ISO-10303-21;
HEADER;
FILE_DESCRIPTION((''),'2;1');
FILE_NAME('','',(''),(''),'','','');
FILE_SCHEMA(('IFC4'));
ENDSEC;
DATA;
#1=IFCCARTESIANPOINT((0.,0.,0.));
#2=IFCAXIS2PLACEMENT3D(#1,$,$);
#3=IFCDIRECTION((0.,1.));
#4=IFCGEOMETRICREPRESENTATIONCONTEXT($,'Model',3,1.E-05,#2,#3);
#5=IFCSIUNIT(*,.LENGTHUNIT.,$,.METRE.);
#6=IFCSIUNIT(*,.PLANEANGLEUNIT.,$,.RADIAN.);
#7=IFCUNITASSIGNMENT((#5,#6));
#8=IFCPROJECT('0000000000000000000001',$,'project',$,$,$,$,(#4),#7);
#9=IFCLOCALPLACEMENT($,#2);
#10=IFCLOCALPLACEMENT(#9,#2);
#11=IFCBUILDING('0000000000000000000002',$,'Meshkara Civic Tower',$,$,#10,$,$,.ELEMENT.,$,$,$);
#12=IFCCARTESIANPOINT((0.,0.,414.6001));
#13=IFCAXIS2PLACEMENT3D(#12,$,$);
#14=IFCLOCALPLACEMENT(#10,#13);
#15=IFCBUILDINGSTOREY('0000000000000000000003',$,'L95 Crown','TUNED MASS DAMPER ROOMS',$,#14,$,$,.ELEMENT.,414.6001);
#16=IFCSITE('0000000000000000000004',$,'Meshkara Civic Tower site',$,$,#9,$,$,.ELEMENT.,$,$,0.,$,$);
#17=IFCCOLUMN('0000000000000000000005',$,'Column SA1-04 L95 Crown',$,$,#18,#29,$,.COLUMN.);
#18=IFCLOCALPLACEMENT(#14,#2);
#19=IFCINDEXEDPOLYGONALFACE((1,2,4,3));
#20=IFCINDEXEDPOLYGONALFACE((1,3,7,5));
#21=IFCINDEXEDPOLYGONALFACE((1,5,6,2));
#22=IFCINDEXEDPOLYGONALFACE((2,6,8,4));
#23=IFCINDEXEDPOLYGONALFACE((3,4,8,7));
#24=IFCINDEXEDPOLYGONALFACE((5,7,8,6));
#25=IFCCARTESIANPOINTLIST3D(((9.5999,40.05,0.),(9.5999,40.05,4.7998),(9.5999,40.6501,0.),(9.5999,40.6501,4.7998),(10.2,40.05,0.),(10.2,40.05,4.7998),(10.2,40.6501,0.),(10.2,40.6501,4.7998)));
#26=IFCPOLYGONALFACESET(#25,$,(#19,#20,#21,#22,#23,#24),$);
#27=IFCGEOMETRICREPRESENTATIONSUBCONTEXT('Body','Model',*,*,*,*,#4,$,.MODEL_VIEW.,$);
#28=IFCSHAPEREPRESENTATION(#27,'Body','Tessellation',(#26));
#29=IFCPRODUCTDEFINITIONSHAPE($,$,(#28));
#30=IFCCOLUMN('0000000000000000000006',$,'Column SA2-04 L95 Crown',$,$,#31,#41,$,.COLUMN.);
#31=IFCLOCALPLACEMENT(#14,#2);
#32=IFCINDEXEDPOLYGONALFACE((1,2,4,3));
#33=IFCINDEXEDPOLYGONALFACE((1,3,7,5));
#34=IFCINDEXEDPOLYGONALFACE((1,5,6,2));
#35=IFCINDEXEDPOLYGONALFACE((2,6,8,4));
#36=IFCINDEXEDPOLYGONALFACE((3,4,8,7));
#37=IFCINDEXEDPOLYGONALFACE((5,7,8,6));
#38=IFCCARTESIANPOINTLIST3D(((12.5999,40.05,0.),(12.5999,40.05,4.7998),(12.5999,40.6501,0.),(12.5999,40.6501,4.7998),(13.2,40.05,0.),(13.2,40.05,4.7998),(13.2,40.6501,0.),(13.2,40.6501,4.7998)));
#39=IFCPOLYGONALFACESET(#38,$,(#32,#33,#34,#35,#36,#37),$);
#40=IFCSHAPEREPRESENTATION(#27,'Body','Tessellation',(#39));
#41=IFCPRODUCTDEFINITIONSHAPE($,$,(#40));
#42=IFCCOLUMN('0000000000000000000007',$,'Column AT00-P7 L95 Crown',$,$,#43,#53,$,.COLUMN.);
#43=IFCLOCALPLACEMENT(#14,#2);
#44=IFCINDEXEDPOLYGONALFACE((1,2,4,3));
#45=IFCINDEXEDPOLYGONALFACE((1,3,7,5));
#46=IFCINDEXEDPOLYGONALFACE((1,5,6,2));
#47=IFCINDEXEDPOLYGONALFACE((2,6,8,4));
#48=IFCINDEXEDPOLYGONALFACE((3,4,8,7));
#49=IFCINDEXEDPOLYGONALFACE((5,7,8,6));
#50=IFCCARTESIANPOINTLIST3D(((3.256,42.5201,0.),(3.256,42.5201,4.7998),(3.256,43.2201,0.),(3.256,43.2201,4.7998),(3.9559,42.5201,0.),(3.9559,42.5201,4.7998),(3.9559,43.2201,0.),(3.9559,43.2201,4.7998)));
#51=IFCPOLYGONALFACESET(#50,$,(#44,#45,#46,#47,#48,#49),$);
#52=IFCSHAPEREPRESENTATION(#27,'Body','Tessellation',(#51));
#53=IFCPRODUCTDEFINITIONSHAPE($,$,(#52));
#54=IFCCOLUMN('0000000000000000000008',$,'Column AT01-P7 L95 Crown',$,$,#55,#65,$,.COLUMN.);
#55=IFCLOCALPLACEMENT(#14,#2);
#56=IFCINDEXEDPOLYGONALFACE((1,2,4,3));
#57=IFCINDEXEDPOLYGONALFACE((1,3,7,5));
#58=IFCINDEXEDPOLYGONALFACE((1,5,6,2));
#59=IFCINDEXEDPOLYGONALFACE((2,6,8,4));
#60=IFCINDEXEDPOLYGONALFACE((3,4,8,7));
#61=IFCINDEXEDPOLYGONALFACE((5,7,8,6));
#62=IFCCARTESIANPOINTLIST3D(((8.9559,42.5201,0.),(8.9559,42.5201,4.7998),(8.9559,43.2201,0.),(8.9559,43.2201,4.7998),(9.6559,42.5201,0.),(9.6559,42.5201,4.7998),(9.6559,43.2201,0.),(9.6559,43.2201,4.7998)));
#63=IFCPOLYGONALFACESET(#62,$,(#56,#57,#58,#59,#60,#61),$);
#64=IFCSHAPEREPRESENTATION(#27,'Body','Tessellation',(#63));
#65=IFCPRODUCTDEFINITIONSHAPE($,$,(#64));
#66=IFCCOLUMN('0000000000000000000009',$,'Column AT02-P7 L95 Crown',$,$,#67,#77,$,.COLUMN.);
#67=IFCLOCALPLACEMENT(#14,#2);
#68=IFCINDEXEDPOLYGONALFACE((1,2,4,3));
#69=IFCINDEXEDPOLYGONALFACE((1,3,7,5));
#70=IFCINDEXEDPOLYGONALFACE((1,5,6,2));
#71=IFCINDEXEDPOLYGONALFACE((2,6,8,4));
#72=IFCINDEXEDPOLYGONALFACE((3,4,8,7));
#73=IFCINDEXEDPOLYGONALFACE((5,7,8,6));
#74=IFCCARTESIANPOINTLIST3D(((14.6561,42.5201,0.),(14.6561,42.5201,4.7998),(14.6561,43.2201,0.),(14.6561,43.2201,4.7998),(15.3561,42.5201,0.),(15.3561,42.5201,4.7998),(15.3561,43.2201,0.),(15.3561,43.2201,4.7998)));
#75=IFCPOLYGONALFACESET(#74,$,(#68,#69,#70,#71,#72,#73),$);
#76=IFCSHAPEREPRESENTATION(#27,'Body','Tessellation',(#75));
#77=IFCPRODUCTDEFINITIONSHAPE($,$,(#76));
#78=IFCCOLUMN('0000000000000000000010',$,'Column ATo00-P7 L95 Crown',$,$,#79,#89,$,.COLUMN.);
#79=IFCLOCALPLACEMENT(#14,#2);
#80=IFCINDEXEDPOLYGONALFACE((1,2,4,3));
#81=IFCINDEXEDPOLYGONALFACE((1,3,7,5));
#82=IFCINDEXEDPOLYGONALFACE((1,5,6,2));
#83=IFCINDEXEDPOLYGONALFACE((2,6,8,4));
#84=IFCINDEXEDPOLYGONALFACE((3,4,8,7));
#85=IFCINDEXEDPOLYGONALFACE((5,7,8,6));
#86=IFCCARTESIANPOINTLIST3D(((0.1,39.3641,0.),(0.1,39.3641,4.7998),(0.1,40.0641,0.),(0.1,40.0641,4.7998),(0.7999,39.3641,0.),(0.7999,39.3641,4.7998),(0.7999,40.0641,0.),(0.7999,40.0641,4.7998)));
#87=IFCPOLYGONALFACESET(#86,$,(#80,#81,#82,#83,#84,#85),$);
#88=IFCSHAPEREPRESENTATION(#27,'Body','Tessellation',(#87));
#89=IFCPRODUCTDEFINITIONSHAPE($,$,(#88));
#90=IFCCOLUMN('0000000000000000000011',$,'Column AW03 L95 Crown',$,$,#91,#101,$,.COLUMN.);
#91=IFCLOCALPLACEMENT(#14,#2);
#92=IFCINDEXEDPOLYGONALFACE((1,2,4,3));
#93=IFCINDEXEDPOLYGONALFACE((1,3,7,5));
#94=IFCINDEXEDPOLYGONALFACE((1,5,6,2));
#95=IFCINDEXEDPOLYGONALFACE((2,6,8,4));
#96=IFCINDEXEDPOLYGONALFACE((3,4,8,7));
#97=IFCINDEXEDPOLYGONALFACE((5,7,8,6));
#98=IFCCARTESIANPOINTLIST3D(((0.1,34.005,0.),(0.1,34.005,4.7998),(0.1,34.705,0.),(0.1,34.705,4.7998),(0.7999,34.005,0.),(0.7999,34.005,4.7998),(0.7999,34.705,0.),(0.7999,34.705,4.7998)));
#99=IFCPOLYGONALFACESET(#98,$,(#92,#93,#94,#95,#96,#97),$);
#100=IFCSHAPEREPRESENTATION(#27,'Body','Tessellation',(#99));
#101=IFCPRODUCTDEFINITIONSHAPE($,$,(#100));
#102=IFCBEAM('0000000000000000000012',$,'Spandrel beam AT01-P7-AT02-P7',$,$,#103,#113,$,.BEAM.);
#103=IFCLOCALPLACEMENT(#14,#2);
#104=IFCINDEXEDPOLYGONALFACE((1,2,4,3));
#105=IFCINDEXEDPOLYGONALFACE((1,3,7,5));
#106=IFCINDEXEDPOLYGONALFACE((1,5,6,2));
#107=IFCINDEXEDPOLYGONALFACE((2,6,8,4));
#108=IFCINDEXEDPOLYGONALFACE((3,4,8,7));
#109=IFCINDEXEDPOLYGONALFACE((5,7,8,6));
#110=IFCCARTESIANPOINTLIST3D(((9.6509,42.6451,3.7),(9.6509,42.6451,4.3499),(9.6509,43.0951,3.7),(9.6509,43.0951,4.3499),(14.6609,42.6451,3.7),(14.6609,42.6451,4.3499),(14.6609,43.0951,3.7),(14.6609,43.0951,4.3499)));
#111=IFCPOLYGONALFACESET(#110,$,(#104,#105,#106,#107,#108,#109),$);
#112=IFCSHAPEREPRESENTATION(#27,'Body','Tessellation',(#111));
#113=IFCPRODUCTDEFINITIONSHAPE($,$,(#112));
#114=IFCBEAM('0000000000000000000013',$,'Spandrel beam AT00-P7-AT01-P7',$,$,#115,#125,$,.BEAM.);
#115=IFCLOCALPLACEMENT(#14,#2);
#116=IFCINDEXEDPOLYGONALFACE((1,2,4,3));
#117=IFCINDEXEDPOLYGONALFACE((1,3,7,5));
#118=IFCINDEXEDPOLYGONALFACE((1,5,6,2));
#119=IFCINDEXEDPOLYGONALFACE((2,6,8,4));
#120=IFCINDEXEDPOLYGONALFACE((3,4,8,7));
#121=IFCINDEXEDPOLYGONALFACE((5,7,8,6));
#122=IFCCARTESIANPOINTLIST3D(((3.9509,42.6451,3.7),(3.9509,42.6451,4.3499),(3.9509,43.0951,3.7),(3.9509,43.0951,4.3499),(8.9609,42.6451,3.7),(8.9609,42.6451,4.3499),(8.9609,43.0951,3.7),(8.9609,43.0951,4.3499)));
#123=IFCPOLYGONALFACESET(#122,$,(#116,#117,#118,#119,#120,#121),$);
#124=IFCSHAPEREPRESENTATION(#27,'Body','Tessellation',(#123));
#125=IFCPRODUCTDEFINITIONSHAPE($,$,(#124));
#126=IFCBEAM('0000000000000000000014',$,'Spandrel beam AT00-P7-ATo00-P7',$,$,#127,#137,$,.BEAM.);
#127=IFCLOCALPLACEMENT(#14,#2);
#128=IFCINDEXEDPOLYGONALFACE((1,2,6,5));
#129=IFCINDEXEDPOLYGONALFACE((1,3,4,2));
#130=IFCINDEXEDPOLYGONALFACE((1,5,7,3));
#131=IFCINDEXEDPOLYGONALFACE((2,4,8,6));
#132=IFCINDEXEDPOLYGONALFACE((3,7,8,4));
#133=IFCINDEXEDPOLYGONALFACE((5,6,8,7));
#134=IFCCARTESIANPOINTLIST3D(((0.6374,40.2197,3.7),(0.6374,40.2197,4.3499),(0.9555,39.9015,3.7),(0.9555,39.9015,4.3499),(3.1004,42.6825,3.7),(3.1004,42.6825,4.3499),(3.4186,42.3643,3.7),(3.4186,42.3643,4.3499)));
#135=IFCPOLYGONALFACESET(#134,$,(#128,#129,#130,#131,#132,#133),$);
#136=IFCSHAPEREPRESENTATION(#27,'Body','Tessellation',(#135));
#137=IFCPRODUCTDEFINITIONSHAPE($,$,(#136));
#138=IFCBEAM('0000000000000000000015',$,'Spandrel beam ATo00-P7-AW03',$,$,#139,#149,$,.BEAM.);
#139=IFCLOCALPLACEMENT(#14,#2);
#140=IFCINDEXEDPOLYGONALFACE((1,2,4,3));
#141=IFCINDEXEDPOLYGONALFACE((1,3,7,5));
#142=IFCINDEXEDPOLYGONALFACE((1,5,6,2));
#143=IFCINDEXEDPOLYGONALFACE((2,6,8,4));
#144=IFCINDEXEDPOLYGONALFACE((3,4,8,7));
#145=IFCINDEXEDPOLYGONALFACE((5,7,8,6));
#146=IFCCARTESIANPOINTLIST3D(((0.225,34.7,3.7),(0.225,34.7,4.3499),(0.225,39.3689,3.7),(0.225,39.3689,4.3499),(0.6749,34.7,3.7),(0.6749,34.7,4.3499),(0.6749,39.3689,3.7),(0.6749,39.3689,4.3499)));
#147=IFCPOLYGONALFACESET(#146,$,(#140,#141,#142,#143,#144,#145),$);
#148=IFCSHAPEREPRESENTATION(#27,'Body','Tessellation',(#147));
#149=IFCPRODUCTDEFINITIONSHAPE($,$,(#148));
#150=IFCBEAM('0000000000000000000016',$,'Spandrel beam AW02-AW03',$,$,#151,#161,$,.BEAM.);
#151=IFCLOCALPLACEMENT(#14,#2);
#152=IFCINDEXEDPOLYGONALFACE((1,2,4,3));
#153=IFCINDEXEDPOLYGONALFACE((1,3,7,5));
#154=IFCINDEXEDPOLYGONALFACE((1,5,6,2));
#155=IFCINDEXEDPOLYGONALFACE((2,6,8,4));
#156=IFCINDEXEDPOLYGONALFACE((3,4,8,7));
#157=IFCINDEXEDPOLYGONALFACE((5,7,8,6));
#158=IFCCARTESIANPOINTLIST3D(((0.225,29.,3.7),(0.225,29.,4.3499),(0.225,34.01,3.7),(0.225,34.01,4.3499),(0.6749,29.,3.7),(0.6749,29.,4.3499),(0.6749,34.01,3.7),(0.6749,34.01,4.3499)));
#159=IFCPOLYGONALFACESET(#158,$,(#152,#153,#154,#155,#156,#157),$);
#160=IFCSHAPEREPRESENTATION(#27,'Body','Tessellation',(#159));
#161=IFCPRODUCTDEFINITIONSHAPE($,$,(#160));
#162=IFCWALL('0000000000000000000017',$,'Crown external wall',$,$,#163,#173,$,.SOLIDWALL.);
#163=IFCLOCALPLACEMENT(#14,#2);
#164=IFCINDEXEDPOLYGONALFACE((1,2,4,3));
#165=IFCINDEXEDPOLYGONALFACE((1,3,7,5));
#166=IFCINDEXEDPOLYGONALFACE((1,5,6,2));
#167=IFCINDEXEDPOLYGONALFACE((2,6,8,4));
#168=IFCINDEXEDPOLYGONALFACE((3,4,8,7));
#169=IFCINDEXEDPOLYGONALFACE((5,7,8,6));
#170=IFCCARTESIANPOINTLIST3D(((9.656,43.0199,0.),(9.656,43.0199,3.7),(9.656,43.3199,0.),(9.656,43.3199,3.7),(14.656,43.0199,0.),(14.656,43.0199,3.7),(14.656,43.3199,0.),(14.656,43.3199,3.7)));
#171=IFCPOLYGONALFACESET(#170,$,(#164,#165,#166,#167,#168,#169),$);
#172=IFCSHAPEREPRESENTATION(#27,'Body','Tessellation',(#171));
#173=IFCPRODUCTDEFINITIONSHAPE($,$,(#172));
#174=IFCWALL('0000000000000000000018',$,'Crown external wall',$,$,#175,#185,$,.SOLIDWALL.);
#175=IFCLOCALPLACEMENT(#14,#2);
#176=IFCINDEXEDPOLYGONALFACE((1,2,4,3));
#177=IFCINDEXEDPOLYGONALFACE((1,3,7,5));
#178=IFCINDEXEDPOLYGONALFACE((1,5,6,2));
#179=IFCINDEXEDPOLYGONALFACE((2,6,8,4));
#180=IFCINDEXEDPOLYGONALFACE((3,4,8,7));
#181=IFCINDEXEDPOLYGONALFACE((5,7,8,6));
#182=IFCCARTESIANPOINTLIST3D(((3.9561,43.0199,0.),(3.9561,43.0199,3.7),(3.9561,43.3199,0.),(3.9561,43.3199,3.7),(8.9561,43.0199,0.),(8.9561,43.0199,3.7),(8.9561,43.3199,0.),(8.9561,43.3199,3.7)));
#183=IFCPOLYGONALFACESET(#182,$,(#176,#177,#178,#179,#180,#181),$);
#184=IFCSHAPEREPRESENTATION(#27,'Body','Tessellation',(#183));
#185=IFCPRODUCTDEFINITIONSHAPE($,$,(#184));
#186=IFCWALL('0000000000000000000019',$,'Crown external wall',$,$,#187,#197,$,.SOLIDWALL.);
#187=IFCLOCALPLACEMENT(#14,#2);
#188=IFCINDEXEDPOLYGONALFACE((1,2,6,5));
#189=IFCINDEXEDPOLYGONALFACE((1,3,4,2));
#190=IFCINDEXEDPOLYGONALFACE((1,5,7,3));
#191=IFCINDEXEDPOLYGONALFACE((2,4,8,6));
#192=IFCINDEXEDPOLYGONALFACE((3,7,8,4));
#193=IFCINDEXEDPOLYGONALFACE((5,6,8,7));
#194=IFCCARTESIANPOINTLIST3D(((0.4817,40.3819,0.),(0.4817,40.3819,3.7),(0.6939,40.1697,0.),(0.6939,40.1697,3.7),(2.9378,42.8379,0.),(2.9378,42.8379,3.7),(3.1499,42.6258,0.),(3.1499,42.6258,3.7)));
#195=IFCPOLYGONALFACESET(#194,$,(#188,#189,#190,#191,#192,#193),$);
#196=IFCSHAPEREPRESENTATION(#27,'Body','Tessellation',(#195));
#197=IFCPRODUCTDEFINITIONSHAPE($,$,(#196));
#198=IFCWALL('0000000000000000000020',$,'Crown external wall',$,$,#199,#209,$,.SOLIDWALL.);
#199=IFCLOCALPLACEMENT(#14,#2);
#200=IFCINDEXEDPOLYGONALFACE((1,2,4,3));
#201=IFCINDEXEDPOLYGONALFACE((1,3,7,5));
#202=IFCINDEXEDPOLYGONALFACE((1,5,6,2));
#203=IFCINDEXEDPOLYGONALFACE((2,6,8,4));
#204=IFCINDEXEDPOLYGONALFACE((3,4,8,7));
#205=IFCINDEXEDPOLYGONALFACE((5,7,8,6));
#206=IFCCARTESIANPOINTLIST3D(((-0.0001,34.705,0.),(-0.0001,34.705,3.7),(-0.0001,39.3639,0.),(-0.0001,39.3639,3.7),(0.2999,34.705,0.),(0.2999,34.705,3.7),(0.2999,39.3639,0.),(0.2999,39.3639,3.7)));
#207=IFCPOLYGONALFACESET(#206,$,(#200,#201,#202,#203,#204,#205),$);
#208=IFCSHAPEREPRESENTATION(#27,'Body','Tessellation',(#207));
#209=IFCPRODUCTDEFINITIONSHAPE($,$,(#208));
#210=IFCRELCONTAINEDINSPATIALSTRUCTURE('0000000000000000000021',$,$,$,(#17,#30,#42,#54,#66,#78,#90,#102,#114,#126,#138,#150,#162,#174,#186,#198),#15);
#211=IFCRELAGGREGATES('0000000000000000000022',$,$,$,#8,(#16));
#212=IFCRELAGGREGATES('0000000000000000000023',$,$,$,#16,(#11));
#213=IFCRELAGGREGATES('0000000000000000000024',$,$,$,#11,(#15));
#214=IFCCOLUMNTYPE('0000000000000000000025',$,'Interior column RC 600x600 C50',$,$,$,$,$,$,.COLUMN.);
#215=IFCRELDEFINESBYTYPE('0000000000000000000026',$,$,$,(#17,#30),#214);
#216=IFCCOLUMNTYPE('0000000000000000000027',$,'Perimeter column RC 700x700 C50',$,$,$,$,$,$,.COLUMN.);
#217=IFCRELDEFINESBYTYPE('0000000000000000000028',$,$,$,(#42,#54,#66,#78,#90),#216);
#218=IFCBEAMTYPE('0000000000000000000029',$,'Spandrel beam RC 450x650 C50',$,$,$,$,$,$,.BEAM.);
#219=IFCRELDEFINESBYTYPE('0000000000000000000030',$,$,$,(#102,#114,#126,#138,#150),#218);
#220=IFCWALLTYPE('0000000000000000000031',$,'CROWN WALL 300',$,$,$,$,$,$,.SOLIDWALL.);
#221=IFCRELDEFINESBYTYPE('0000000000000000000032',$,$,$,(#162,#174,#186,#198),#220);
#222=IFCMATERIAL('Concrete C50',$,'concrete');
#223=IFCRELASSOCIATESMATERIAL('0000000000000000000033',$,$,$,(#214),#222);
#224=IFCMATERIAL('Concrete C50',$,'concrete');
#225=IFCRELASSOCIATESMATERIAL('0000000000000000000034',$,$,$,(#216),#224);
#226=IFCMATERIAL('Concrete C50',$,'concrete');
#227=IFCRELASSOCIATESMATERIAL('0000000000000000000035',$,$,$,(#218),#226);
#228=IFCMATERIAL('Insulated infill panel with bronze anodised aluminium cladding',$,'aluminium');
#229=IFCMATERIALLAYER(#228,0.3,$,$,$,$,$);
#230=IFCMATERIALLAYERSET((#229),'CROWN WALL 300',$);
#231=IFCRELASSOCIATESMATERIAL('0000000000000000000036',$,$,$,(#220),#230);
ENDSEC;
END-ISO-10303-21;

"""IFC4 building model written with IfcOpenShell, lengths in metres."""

from ifc_helpers import new_model, si_unit, direction, frame, frame_2d, origin, origin_2d, place, context, subcontext, project, spatial, rectangle, extrude, material, layer, layer_set, material_profile, profile_set, type_object, element, save


model = new_model("IFC4")

# Units and contexts
model_context = context("Model", 3, precision=1e-05, world=origin(), true_north=direction((0.0, 1.0)))
body_context = subcontext(model_context, "Body", "Model", "MODEL_VIEW")
ifc_project = project(units=[si_unit("LENGTHUNIT", "METRE"), si_unit("PLANEANGLEUNIT", "RADIAN")], contexts=[model_context])

# Site, building, storey
site_placement = place(None, origin())
site = spatial("IfcSite", under=ifc_project, at=site_placement, Name="Meshkara Civic Tower site", CompositionType="ELEMENT", RefElevation=0.0)
building_placement = place(site_placement, origin())
building = spatial("IfcBuilding", under=site, at=building_placement, Name="Meshkara Civic Tower", CompositionType="ELEMENT")
storey_placement = place(building_placement, frame((0.0, 0.0, 414.6001)))
storey = spatial("IfcBuildingStorey", under=building, at=storey_placement, Name="L95 Crown", Description="TUNED MASS DAMPER ROOMS", CompositionType="ELEMENT", Elevation=414.6001)

# Columns
ifc_material_1 = material(Name="Concrete C50", Category="concrete")
ifc_material_profile_1 = material_profile(ifc_material_1, rectangle(XDim=0.6001, YDim=0.6001, at=origin_2d()))
ifc_profile_set_1 = profile_set([ifc_material_profile_1], Name="Concrete C50")
column_type_1 = type_object("IfcColumnType", Name="Interior column RC 600x600 C50", PredefinedType="COLUMN", material=ifc_profile_set_1)
for number, where, z_axis, x_axis, name in (
    (1, (9.8999, 40.3501, 0.0), (0.0, 0.0, 1.0), (1.0, 0.0, 0.0), "Column SA1-04 L95 Crown"),
    (2, (12.8999, 40.3501, 0.0), (0.0, 0.0, 1.0), (1.0, 0.0, 0.0), "Column SA2-04 L95 Crown"),
):
    element("IfcColumn", number, at=place(storey_placement, frame(where, z_axis=z_axis, x_axis=x_axis)), inside=storey, type_object=column_type_1, Name=name, PredefinedType="COLUMN", context=body_context, shape_type="SweptSolid", body=[
        extrude(rectangle(XDim=0.6001, YDim=0.6001, at=origin_2d()), origin(), (0.0, 0.0, 1.0), 4.7998),
    ])
ifc_material_2 = material(Name="Concrete C50", Category="concrete")
ifc_material_profile_2 = material_profile(ifc_material_2, rectangle(XDim=0.7, YDim=0.7, at=origin_2d()))
ifc_profile_set_2 = profile_set([ifc_material_profile_2], Name="Concrete C50")
column_type_2 = type_object("IfcColumnType", Name="Perimeter column RC 700x700 C50", PredefinedType="COLUMN", material=ifc_profile_set_2)
for number, where, z_axis, x_axis, name in (
    (3, (3.606, 42.8701, 0.0), (0.0, 0.0, 1.0), (1.0, 0.0, 0.0), "Column AT00-P7 L95 Crown"),
    (4, (9.3059, 42.8701, 0.0), (0.0, 0.0, 1.0), (1.0, 0.0, 0.0), "Column AT01-P7 L95 Crown"),
    (5, (15.0061, 42.8701, 0.0), (0.0, 0.0, 1.0), (1.0, 0.0, 0.0), "Column AT02-P7 L95 Crown"),
    (6, (0.45, 39.7141, 0.0), (0.0, 0.0, 1.0), (1.0, 0.0, 0.0), "Column ATo00-P7 L95 Crown"),
    (7, (0.45, 34.355, 0.0), (0.0, 0.0, 1.0), (1.0, 0.0, 0.0), "Column AW03 L95 Crown"),
):
    element("IfcColumn", number, at=place(storey_placement, frame(where, z_axis=z_axis, x_axis=x_axis)), inside=storey, type_object=column_type_2, Name=name, PredefinedType="COLUMN", context=body_context, shape_type="SweptSolid", body=[
        extrude(rectangle(XDim=0.7, YDim=0.7, at=origin_2d()), origin(), (0.0, 0.0, 1.0), 4.7998),
    ])

# Beams
ifc_material_3 = material(Name="Concrete C50", Category="concrete")
ifc_material_profile_3 = material_profile(ifc_material_3, rectangle(XDim=0.45, YDim=0.6499, at=origin_2d()))
ifc_profile_set_3 = profile_set([ifc_material_profile_3], Name="Concrete C50")
beam_type = type_object("IfcBeamType", Name="Spandrel beam RC 450x650 C50", PredefinedType="BEAM", material=ifc_profile_set_3)
for number, where, z_axis, x_axis, name in (
    (8, (14.6609, 42.8701, 4.0249), (-1.0, 0.0, 0.0), (0.0, -1.0, 0.0), "Spandrel beam AT01-P7-AT02-P7"),
    (9, (8.9609, 42.8701, 4.0249), (-1.0, 0.0, 0.0), (0.0, -1.0, 0.0), "Spandrel beam AT00-P7-AT01-P7"),
):
    element("IfcBeam", number, at=place(storey_placement, frame(where, z_axis=z_axis, x_axis=x_axis)), inside=storey, type_object=beam_type, Name=name, PredefinedType="BEAM", context=body_context, shape_type="SweptSolid", body=[
        extrude(rectangle(XDim=0.45, YDim=0.6499, at=origin_2d()), origin(), (0.0, 0.0, 1.0), 5.01),
    ])
beam_1_placement = place(storey_placement, frame((3.2595, 42.5234, 4.0249), z_axis=(-0.707142, -0.707072, 0.0), x_axis=(0.707072, -0.707142, 0.0)))
element("IfcBeam", 10, at=beam_1_placement, inside=storey, type_object=beam_type, Name="Spandrel beam AT00-P7-ATo00-P7", PredefinedType="BEAM", context=body_context, shape_type="SweptSolid", body=[
    extrude(rectangle(XDim=0.45, YDim=0.6499, at=origin_2d()), origin(), (0.0, 0.0, 1.0), 3.4832),
])
beam_2_placement = place(storey_placement, frame((0.45, 39.3689, 4.0249), z_axis=(0.0, -1.0, 0.0), x_axis=(1.0, 0.0, 0.0)))
element("IfcBeam", 11, at=beam_2_placement, inside=storey, type_object=beam_type, Name="Spandrel beam ATo00-P7-AW03", PredefinedType="BEAM", context=body_context, shape_type="SweptSolid", body=[
    extrude(rectangle(XDim=0.45, YDim=0.6499, at=origin_2d()), origin(), (0.0, 0.0, 1.0), 4.6689),
])
beam_3_placement = place(storey_placement, frame((0.45, 34.01, 4.0249), z_axis=(0.0, -1.0, 0.0), x_axis=(1.0, 0.0, 0.0)))
element("IfcBeam", 12, at=beam_3_placement, inside=storey, type_object=beam_type, Name="Spandrel beam AW02-AW03", PredefinedType="BEAM", context=body_context, shape_type="SweptSolid", body=[
    extrude(rectangle(XDim=0.45, YDim=0.6499, at=origin_2d()), origin(), (0.0, 0.0, 1.0), 5.01),
])

# Walls
ifc_material_4 = material(Name="Insulated infill panel with bronze anodised aluminium cladding", Category="aluminium")
ifc_layer_1 = layer(ifc_material_4, 0.3)
ifc_layer_set_1 = layer_set([ifc_layer_1], Name="CROWN WALL 300")
wall_type_1 = type_object("IfcWallType", Name="CROWN WALL 300", PredefinedType="SOLIDWALL", material=ifc_layer_set_1)
for number, where, z_axis, x_axis, name in (
    (13, (14.656, 43.1699, 0.0), (0.0, 0.0, 1.0), (-1.0, 0.0, 0.0), "Crown external wall"),
    (14, (8.9561, 43.1699, 0.0), (0.0, 0.0, 1.0), (-1.0, 0.0, 0.0), "Crown external wall"),
):
    element("IfcWall", number, at=place(storey_placement, frame(where, z_axis=z_axis, x_axis=x_axis)), inside=storey, type_object=wall_type_1, Name=name, PredefinedType="SOLIDWALL", context=body_context, shape_type="SweptSolid", body=[
        extrude(rectangle(XDim=5.0, YDim=0.3, at=frame_2d((2.5, 0.0))), origin(), (0.0, 0.0, 1.0), 3.7),
    ])
wall_1_placement = place(storey_placement, frame((3.0439, 42.7319, 0.0), z_axis=(0.0, 0.0, 1.0), x_axis=(-0.707107, -0.707107, 0.0)))
element("IfcWall", 15, at=wall_1_placement, inside=storey, type_object=wall_type_1, Name="Crown external wall", PredefinedType="SOLIDWALL", context=body_context, shape_type="SweptSolid", body=[
    extrude(rectangle(XDim=3.4734, YDim=0.3, at=frame_2d((1.7368, 0.0))), origin(), (0.0, 0.0, 1.0), 3.7),
])
wall_2_placement = place(storey_placement, frame((0.1499, 39.364, 0.0), z_axis=(0.0, 0.0, 1.0), x_axis=(0.0, -1.0, 0.0)))
element("IfcWall", 16, at=wall_2_placement, inside=storey, type_object=wall_type_1, Name="Crown external wall", PredefinedType="SOLIDWALL", context=body_context, shape_type="SweptSolid", body=[
    extrude(rectangle(XDim=4.6589, YDim=0.3, at=frame_2d((2.3296, 0.0))), origin(), (0.0, 0.0, 1.0), 3.7),
])

save(model, "model.ifc")
